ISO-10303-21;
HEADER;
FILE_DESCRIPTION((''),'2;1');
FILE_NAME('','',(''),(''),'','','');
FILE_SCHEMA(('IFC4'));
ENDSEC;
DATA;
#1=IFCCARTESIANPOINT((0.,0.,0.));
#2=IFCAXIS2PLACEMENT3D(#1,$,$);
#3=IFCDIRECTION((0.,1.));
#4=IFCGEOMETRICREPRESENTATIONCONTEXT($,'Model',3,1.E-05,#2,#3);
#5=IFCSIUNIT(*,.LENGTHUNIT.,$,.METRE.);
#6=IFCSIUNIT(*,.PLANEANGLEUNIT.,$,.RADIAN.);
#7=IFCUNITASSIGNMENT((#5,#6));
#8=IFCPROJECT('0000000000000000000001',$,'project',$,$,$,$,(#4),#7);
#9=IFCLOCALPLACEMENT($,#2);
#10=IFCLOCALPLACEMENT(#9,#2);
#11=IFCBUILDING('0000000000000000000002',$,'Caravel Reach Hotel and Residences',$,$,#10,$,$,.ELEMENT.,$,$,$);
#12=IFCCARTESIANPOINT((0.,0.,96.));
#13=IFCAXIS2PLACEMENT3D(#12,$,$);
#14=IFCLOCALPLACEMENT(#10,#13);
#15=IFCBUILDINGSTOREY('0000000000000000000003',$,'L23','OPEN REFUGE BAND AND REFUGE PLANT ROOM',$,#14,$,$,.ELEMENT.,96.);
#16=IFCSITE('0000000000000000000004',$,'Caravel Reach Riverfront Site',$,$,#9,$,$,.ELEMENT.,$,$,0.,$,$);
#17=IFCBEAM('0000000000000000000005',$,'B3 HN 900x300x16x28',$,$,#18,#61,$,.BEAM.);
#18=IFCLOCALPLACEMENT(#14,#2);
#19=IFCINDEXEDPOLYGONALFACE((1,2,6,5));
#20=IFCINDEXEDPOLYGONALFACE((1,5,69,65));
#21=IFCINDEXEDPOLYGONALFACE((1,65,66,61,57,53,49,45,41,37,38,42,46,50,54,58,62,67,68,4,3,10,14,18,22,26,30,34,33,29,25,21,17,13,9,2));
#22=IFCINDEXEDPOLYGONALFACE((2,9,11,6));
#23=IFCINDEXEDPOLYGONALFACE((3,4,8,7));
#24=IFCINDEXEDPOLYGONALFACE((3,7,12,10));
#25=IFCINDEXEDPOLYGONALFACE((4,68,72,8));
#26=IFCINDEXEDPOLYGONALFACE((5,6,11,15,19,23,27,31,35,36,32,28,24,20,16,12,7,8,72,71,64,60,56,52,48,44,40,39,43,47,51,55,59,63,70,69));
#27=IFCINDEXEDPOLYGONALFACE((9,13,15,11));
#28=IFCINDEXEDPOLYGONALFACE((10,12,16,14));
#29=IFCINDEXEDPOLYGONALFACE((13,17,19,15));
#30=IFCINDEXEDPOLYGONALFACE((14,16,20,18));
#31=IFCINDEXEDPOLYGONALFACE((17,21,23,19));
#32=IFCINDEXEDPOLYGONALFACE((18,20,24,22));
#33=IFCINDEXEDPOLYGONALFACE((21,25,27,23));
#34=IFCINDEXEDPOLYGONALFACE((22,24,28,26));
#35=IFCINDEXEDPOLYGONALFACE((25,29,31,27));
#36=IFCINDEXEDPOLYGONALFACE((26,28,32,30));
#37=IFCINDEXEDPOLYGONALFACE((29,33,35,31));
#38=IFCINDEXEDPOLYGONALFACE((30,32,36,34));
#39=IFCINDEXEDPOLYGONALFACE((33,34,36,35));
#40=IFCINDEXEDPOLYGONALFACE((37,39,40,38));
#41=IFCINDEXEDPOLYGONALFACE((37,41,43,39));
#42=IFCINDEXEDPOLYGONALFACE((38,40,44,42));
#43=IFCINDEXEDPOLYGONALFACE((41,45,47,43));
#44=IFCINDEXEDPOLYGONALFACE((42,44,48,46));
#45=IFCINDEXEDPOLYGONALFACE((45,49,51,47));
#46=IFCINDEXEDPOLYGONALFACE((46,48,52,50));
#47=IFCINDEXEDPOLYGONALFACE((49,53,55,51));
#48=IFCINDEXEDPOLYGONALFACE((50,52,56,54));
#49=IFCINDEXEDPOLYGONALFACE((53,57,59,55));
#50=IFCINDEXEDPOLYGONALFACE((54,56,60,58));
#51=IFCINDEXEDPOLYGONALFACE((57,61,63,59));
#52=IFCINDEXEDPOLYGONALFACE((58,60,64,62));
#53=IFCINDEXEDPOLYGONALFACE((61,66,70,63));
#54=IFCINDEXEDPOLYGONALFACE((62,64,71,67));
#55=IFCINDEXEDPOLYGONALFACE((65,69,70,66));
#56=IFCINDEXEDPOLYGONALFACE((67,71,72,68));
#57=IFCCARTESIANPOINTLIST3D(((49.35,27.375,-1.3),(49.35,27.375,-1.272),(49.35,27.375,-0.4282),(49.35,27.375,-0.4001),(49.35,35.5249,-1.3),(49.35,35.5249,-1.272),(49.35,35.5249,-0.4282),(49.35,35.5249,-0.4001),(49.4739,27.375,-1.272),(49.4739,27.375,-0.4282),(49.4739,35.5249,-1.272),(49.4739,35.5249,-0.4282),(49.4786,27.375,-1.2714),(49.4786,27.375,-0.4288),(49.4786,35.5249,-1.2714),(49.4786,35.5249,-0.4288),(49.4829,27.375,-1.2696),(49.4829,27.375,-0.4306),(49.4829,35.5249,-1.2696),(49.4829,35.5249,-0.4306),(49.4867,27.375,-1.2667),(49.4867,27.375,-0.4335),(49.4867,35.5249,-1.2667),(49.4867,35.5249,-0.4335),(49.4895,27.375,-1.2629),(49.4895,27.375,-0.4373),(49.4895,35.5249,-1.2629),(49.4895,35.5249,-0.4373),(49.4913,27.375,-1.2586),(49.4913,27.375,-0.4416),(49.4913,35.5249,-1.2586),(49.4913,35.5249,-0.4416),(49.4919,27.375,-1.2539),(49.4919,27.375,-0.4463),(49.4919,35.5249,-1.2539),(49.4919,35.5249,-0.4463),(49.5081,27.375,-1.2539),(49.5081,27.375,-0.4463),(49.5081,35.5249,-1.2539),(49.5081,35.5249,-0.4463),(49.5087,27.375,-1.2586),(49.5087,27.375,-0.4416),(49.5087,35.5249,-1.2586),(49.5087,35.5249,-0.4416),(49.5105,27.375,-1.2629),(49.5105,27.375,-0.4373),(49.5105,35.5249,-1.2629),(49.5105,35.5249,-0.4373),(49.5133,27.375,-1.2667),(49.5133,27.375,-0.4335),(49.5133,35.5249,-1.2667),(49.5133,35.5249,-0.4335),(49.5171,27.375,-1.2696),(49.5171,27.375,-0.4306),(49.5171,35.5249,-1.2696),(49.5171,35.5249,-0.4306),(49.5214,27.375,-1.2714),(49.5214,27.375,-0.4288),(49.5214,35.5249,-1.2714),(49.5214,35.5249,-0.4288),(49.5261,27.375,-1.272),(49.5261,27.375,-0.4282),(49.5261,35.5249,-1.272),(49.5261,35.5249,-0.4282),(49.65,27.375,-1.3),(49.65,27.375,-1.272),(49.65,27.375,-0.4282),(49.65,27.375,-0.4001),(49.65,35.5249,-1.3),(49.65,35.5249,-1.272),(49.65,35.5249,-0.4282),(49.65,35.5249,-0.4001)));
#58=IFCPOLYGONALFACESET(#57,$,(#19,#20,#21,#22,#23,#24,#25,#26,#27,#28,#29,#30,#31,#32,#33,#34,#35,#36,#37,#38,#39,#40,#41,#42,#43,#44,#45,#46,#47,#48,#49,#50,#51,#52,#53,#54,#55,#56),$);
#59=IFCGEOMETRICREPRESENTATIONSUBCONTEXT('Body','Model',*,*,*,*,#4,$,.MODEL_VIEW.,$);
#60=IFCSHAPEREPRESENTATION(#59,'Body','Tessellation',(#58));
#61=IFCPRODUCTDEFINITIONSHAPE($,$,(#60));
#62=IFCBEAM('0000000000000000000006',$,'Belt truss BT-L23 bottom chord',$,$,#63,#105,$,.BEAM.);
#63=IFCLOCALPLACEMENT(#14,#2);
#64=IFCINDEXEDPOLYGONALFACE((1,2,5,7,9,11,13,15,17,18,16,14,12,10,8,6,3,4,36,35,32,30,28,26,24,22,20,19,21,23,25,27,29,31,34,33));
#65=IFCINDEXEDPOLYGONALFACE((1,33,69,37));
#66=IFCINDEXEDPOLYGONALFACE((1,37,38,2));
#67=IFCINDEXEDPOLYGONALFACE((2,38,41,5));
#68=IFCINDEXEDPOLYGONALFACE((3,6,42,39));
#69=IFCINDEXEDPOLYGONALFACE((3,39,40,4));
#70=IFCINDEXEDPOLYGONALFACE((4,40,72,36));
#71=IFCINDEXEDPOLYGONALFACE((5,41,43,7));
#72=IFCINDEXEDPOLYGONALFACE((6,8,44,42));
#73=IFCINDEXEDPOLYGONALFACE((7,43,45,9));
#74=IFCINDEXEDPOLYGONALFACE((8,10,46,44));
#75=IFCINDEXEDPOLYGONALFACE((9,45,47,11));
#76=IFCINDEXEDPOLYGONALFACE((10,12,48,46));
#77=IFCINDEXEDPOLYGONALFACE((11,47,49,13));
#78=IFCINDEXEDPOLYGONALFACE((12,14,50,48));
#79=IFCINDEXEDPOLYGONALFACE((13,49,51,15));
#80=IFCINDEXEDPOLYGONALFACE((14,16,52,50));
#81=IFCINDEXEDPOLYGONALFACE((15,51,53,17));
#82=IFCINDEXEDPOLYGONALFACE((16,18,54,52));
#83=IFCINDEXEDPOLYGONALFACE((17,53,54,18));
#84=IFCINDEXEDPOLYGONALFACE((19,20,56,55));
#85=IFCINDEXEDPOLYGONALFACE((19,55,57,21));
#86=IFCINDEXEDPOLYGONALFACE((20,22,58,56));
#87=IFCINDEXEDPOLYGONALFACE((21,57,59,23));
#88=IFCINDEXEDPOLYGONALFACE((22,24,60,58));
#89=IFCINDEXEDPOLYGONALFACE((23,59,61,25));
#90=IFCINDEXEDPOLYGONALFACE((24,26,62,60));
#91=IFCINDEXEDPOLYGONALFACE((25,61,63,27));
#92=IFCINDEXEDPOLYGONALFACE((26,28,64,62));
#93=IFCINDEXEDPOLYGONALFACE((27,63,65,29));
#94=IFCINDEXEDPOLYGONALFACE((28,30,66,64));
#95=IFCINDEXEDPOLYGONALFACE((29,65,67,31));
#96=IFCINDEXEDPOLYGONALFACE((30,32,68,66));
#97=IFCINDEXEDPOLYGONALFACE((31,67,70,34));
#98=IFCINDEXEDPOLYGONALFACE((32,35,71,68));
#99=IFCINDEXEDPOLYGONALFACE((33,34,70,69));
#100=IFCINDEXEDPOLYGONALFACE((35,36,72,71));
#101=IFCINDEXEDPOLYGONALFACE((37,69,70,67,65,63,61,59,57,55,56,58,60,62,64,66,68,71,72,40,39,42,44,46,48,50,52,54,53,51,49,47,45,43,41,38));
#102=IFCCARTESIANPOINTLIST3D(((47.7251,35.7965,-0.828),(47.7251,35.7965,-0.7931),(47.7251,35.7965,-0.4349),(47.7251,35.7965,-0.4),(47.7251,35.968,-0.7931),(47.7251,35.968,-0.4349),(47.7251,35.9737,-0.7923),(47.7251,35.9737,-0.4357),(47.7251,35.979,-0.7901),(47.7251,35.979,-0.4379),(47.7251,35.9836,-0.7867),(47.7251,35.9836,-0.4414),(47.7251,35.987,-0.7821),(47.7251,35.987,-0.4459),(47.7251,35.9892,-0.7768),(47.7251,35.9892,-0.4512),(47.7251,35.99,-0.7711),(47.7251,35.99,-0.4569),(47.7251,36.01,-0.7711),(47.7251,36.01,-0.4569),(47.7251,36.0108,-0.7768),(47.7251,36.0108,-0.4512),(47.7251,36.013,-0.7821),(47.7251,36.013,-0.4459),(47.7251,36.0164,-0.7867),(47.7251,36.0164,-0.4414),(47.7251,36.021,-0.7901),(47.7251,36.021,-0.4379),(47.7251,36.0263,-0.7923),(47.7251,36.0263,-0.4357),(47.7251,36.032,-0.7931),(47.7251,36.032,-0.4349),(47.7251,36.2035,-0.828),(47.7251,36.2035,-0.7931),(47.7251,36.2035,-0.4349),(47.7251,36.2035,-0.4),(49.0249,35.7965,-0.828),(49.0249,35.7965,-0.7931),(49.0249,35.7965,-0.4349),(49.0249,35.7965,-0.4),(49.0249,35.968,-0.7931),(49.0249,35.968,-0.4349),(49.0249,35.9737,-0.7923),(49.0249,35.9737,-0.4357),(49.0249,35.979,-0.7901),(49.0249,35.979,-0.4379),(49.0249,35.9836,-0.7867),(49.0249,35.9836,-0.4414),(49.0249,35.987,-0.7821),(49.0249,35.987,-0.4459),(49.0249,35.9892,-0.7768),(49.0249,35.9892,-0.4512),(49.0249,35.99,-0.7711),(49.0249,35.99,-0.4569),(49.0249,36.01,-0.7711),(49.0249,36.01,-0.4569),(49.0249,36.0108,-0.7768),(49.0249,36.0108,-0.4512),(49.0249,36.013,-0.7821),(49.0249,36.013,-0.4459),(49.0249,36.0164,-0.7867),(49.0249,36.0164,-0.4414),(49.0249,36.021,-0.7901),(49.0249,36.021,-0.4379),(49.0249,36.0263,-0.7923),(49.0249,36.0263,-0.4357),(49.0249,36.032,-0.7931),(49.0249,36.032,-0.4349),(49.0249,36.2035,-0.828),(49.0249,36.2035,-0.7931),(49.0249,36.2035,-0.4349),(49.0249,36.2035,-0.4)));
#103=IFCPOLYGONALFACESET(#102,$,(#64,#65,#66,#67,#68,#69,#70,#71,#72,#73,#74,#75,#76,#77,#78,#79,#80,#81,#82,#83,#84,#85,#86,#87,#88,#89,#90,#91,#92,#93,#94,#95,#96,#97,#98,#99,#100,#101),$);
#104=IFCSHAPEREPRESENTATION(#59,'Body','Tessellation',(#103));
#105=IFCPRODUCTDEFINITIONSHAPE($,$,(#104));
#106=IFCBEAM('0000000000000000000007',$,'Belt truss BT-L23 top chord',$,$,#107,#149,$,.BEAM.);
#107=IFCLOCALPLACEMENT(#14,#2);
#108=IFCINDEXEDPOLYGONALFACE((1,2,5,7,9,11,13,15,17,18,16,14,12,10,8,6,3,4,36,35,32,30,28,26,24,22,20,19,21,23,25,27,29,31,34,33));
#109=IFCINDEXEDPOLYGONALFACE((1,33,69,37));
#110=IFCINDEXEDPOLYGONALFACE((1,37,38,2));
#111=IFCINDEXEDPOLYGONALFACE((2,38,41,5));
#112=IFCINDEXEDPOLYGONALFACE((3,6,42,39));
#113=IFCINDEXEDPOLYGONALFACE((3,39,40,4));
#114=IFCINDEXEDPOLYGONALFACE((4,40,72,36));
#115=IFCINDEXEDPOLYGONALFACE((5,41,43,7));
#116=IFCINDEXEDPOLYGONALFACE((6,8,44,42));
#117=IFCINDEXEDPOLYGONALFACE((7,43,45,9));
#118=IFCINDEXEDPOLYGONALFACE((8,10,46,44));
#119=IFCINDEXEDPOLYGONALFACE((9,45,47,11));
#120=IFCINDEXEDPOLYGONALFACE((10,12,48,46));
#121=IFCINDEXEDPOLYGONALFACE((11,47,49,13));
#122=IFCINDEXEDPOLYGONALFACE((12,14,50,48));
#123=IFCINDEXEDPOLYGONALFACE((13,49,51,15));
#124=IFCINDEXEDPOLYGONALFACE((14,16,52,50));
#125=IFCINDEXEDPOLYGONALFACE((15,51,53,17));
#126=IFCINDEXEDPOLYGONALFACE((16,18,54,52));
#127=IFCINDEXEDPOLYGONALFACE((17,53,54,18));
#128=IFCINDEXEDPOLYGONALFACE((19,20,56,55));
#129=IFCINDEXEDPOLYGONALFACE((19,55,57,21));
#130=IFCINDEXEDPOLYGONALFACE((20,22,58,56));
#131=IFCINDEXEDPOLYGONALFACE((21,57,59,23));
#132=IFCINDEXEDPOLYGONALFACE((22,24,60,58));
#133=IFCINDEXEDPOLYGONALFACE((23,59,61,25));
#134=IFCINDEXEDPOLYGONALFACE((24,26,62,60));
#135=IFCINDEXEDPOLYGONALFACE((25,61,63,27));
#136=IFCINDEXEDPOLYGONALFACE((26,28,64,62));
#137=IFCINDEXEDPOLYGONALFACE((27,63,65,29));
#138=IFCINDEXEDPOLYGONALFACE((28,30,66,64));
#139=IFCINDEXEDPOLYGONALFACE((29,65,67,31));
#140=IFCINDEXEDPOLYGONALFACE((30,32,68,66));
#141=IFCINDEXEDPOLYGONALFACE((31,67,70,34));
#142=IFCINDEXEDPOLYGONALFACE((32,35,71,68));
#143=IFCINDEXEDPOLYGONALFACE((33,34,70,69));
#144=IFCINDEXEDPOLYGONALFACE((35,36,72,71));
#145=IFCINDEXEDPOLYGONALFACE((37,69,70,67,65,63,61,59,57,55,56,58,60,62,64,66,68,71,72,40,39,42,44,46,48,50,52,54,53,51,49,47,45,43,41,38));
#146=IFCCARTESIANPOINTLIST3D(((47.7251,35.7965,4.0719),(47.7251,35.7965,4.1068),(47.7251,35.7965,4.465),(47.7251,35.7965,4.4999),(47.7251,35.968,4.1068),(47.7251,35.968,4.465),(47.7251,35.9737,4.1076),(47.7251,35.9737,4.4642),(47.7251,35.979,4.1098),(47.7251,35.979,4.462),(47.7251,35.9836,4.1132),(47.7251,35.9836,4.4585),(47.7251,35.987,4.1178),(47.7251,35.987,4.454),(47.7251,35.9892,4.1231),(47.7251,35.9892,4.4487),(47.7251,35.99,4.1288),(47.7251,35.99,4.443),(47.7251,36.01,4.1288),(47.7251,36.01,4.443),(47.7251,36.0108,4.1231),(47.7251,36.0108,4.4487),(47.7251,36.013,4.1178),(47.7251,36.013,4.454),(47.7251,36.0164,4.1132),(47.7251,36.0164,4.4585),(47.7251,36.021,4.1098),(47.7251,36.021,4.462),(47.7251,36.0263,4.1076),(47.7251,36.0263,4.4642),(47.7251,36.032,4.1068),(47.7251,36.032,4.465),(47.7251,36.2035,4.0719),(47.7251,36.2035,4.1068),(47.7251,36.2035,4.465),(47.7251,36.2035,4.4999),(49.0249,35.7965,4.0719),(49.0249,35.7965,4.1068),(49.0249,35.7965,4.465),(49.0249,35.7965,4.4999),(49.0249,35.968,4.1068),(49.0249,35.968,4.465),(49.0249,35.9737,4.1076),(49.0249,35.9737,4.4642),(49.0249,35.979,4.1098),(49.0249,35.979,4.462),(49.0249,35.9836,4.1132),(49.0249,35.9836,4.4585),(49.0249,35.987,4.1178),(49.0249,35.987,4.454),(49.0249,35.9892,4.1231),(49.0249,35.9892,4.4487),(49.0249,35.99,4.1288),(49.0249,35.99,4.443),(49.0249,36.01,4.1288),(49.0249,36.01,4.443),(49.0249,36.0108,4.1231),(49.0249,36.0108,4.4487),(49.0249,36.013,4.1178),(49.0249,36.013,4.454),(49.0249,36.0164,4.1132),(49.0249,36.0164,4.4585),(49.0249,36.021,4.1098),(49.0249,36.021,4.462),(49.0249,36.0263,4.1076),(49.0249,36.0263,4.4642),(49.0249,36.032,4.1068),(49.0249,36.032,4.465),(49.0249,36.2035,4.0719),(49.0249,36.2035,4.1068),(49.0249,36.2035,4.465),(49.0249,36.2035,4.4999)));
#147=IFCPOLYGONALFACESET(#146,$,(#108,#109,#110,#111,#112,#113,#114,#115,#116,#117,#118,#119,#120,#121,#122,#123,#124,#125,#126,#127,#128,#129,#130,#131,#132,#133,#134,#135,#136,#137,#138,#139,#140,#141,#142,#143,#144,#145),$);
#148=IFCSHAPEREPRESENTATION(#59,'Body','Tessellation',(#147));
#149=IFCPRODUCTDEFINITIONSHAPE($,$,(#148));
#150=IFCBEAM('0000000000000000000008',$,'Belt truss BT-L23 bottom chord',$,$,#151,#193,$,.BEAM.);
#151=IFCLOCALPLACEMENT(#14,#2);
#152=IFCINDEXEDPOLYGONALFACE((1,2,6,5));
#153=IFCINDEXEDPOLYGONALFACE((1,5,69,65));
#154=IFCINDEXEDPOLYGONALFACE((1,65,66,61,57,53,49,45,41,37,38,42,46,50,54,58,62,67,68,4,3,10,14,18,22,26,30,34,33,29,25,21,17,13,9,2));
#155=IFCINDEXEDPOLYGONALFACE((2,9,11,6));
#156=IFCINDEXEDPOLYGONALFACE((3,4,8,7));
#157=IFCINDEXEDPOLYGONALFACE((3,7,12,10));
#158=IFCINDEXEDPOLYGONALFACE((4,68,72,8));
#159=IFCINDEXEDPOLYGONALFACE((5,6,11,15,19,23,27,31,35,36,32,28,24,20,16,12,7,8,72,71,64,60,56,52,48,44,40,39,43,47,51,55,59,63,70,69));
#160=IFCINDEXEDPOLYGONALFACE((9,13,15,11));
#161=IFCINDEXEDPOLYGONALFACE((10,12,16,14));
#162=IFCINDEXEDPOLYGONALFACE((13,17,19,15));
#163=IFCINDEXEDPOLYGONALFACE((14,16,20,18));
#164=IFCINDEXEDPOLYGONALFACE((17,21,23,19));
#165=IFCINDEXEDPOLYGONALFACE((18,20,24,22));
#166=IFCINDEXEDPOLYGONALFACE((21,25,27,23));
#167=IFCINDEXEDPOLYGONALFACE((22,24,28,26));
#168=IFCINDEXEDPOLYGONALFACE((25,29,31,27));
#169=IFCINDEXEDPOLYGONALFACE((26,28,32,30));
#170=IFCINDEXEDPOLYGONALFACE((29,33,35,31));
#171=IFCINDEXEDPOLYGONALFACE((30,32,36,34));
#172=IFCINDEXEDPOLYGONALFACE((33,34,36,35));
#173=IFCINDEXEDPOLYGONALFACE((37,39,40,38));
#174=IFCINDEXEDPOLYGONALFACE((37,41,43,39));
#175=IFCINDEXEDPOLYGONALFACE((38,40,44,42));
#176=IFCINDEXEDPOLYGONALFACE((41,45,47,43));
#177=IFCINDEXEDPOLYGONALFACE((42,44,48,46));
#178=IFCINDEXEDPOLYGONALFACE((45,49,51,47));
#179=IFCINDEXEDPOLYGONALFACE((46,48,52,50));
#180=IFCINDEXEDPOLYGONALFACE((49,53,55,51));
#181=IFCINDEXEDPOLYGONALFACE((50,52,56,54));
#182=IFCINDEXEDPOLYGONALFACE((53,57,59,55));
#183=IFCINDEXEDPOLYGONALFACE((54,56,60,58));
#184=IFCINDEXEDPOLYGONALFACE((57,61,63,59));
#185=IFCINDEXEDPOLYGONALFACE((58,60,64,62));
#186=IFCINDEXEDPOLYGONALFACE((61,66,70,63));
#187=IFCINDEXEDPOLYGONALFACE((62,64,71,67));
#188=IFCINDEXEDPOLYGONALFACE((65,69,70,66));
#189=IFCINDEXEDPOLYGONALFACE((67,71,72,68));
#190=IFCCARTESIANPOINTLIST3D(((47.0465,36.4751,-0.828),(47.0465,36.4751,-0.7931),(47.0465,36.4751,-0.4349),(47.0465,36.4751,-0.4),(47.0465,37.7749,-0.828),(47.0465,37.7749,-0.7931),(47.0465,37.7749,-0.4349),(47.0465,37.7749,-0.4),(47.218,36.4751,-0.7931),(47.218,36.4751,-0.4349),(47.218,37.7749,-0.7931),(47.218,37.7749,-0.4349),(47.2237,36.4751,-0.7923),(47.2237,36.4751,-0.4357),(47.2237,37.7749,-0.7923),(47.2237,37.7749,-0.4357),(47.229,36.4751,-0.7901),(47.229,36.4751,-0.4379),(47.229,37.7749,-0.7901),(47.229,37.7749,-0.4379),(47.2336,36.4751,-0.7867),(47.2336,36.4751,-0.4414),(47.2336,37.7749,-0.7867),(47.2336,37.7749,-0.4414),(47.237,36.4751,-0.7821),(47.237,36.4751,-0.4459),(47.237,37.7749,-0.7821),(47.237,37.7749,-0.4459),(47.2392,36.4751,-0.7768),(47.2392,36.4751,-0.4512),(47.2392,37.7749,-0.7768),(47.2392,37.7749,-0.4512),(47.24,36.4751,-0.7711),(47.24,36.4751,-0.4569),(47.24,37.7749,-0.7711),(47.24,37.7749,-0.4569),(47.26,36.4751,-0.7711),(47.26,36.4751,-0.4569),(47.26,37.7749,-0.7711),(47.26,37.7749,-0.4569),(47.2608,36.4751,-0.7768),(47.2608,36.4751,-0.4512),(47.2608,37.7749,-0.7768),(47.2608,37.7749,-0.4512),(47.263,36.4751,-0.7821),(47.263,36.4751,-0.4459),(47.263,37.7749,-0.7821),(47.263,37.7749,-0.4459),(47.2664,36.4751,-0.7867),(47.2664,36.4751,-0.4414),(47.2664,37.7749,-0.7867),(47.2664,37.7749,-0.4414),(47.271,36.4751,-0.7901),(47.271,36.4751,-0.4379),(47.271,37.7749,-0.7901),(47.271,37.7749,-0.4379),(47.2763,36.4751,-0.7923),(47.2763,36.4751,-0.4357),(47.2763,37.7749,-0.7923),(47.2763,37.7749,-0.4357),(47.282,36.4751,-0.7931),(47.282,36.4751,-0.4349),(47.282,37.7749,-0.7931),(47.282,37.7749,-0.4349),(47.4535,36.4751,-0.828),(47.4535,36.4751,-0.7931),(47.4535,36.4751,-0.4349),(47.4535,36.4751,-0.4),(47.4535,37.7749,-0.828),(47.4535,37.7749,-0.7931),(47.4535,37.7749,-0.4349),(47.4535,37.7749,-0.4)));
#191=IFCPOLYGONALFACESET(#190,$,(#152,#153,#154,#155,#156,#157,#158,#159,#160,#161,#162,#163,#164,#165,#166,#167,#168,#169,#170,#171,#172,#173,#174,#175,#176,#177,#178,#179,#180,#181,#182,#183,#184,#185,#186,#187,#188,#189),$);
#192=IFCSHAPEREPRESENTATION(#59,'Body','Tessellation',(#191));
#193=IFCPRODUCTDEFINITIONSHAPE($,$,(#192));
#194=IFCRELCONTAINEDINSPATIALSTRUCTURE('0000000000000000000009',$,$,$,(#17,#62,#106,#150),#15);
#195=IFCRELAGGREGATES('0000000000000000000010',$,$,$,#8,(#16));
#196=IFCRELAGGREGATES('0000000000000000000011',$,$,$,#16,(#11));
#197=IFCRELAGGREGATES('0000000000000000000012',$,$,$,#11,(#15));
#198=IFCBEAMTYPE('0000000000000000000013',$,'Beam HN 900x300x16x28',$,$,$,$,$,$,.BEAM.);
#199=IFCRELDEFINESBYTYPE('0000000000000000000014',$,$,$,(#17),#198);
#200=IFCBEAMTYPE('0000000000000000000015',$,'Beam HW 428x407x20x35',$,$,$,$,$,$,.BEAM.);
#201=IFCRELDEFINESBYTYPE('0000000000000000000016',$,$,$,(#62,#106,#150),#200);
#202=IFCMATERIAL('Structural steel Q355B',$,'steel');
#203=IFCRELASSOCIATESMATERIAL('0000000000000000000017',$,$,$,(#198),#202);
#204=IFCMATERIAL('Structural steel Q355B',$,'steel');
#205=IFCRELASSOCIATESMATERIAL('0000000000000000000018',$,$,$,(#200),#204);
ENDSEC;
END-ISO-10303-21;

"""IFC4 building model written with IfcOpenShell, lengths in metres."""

from ifc_helpers import new_model, si_unit, direction, frame, origin, origin_2d, place, context, subcontext, project, spatial, i_section, extrude, material, material_profile, profile_set, type_object, element, save


model = new_model("IFC4")

# Units and contexts
model_context = context("Model", 3, precision=1e-05, world=origin(), true_north=direction((0.0, 1.0)))
body_context = subcontext(model_context, "Body", "Model", "MODEL_VIEW")
ifc_project = project(units=[si_unit("LENGTHUNIT", "METRE"), si_unit("PLANEANGLEUNIT", "RADIAN")], contexts=[model_context])

# Site, building, storey
site_placement = place(None, origin())
site = spatial("IfcSite", under=ifc_project, at=site_placement, Name="Caravel Reach Riverfront Site", CompositionType="ELEMENT", RefElevation=0.0)
building_placement = place(site_placement, origin())
building = spatial("IfcBuilding", under=site, at=building_placement, Name="Caravel Reach Hotel and Residences", CompositionType="ELEMENT")
storey_placement = place(building_placement, frame((0.0, 0.0, 96.0)))
storey = spatial("IfcBuildingStorey", under=building, at=storey_placement, Name="L23", Description="OPEN REFUGE BAND AND REFUGE PLANT ROOM", CompositionType="ELEMENT", Elevation=96.0)

# Beams
ifc_material_1 = material(Name="Structural steel Q355B", Category="steel")
ifc_material_profile_1 = material_profile(ifc_material_1, i_section(OverallWidth=0.3, OverallDepth=0.8999, WebThickness=0.0161, FlangeThickness=0.0281, FilletRadius=0.0181, at=origin_2d()), Name="HN 900x300x16x28")
ifc_profile_set_1 = profile_set([ifc_material_profile_1], Name="Structural steel Q355B")
beam_type_1 = type_object("IfcBeamType", Name="Beam HN 900x300x16x28", PredefinedType="BEAM", material=ifc_profile_set_1)
beam_1_placement = place(storey_placement, frame((49.5, 27.375, -0.8501), z_axis=(0.0, 1.0, 0.0), x_axis=(-1.0, 0.0, 0.0)))
element("IfcBeam", 1, at=beam_1_placement, inside=storey, type_object=beam_type_1, Name="B3 HN 900x300x16x28", PredefinedType="BEAM", context=body_context, shape_type="SweptSolid", body=[
    extrude(i_section(OverallWidth=0.3, OverallDepth=0.8999, WebThickness=0.0161, FlangeThickness=0.0281, FilletRadius=0.0181, at=origin_2d()), origin(), (0.0, 0.0, 1.0), 8.1499),
])
ifc_material_2 = material(Name="Structural steel Q355B", Category="steel")
ifc_material_profile_2 = material_profile(ifc_material_2, i_section(OverallWidth=0.407, OverallDepth=0.428, WebThickness=0.02, FlangeThickness=0.0349, FilletRadius=0.022, at=origin_2d()), Name="HW 428x407x20x35")
ifc_profile_set_2 = profile_set([ifc_material_profile_2], Name="Structural steel Q355B")
beam_type_2 = type_object("IfcBeamType", Name="Beam HW 428x407x20x35", PredefinedType="BEAM", material=ifc_profile_set_2)
for number, where, z_axis, x_axis, name in (
    (2, (49.0249, 36.0, -0.614), (-1.0, 0.0, 0.0), (0.0, -1.0, 0.0), "Belt truss BT-L23 bottom chord"),
    (3, (49.0249, 36.0, 4.2859), (-1.0, 0.0, 0.0), (0.0, -1.0, 0.0), "Belt truss BT-L23 top chord"),
    (4, (47.25, 36.4751, -0.614), (0.0, 1.0, 0.0), (-1.0, 0.0, 0.0), "Belt truss BT-L23 bottom chord"),
):
    element("IfcBeam", number, at=place(storey_placement, frame(where, z_axis=z_axis, x_axis=x_axis)), inside=storey, type_object=beam_type_2, Name=name, PredefinedType="BEAM", context=body_context, shape_type="SweptSolid", body=[
        extrude(i_section(OverallWidth=0.407, OverallDepth=0.428, WebThickness=0.02, FlangeThickness=0.0349, FilletRadius=0.022, at=origin_2d()), origin(), (0.0, 0.0, 1.0), 1.2998),
    ])

save(model, "model.ifc")
